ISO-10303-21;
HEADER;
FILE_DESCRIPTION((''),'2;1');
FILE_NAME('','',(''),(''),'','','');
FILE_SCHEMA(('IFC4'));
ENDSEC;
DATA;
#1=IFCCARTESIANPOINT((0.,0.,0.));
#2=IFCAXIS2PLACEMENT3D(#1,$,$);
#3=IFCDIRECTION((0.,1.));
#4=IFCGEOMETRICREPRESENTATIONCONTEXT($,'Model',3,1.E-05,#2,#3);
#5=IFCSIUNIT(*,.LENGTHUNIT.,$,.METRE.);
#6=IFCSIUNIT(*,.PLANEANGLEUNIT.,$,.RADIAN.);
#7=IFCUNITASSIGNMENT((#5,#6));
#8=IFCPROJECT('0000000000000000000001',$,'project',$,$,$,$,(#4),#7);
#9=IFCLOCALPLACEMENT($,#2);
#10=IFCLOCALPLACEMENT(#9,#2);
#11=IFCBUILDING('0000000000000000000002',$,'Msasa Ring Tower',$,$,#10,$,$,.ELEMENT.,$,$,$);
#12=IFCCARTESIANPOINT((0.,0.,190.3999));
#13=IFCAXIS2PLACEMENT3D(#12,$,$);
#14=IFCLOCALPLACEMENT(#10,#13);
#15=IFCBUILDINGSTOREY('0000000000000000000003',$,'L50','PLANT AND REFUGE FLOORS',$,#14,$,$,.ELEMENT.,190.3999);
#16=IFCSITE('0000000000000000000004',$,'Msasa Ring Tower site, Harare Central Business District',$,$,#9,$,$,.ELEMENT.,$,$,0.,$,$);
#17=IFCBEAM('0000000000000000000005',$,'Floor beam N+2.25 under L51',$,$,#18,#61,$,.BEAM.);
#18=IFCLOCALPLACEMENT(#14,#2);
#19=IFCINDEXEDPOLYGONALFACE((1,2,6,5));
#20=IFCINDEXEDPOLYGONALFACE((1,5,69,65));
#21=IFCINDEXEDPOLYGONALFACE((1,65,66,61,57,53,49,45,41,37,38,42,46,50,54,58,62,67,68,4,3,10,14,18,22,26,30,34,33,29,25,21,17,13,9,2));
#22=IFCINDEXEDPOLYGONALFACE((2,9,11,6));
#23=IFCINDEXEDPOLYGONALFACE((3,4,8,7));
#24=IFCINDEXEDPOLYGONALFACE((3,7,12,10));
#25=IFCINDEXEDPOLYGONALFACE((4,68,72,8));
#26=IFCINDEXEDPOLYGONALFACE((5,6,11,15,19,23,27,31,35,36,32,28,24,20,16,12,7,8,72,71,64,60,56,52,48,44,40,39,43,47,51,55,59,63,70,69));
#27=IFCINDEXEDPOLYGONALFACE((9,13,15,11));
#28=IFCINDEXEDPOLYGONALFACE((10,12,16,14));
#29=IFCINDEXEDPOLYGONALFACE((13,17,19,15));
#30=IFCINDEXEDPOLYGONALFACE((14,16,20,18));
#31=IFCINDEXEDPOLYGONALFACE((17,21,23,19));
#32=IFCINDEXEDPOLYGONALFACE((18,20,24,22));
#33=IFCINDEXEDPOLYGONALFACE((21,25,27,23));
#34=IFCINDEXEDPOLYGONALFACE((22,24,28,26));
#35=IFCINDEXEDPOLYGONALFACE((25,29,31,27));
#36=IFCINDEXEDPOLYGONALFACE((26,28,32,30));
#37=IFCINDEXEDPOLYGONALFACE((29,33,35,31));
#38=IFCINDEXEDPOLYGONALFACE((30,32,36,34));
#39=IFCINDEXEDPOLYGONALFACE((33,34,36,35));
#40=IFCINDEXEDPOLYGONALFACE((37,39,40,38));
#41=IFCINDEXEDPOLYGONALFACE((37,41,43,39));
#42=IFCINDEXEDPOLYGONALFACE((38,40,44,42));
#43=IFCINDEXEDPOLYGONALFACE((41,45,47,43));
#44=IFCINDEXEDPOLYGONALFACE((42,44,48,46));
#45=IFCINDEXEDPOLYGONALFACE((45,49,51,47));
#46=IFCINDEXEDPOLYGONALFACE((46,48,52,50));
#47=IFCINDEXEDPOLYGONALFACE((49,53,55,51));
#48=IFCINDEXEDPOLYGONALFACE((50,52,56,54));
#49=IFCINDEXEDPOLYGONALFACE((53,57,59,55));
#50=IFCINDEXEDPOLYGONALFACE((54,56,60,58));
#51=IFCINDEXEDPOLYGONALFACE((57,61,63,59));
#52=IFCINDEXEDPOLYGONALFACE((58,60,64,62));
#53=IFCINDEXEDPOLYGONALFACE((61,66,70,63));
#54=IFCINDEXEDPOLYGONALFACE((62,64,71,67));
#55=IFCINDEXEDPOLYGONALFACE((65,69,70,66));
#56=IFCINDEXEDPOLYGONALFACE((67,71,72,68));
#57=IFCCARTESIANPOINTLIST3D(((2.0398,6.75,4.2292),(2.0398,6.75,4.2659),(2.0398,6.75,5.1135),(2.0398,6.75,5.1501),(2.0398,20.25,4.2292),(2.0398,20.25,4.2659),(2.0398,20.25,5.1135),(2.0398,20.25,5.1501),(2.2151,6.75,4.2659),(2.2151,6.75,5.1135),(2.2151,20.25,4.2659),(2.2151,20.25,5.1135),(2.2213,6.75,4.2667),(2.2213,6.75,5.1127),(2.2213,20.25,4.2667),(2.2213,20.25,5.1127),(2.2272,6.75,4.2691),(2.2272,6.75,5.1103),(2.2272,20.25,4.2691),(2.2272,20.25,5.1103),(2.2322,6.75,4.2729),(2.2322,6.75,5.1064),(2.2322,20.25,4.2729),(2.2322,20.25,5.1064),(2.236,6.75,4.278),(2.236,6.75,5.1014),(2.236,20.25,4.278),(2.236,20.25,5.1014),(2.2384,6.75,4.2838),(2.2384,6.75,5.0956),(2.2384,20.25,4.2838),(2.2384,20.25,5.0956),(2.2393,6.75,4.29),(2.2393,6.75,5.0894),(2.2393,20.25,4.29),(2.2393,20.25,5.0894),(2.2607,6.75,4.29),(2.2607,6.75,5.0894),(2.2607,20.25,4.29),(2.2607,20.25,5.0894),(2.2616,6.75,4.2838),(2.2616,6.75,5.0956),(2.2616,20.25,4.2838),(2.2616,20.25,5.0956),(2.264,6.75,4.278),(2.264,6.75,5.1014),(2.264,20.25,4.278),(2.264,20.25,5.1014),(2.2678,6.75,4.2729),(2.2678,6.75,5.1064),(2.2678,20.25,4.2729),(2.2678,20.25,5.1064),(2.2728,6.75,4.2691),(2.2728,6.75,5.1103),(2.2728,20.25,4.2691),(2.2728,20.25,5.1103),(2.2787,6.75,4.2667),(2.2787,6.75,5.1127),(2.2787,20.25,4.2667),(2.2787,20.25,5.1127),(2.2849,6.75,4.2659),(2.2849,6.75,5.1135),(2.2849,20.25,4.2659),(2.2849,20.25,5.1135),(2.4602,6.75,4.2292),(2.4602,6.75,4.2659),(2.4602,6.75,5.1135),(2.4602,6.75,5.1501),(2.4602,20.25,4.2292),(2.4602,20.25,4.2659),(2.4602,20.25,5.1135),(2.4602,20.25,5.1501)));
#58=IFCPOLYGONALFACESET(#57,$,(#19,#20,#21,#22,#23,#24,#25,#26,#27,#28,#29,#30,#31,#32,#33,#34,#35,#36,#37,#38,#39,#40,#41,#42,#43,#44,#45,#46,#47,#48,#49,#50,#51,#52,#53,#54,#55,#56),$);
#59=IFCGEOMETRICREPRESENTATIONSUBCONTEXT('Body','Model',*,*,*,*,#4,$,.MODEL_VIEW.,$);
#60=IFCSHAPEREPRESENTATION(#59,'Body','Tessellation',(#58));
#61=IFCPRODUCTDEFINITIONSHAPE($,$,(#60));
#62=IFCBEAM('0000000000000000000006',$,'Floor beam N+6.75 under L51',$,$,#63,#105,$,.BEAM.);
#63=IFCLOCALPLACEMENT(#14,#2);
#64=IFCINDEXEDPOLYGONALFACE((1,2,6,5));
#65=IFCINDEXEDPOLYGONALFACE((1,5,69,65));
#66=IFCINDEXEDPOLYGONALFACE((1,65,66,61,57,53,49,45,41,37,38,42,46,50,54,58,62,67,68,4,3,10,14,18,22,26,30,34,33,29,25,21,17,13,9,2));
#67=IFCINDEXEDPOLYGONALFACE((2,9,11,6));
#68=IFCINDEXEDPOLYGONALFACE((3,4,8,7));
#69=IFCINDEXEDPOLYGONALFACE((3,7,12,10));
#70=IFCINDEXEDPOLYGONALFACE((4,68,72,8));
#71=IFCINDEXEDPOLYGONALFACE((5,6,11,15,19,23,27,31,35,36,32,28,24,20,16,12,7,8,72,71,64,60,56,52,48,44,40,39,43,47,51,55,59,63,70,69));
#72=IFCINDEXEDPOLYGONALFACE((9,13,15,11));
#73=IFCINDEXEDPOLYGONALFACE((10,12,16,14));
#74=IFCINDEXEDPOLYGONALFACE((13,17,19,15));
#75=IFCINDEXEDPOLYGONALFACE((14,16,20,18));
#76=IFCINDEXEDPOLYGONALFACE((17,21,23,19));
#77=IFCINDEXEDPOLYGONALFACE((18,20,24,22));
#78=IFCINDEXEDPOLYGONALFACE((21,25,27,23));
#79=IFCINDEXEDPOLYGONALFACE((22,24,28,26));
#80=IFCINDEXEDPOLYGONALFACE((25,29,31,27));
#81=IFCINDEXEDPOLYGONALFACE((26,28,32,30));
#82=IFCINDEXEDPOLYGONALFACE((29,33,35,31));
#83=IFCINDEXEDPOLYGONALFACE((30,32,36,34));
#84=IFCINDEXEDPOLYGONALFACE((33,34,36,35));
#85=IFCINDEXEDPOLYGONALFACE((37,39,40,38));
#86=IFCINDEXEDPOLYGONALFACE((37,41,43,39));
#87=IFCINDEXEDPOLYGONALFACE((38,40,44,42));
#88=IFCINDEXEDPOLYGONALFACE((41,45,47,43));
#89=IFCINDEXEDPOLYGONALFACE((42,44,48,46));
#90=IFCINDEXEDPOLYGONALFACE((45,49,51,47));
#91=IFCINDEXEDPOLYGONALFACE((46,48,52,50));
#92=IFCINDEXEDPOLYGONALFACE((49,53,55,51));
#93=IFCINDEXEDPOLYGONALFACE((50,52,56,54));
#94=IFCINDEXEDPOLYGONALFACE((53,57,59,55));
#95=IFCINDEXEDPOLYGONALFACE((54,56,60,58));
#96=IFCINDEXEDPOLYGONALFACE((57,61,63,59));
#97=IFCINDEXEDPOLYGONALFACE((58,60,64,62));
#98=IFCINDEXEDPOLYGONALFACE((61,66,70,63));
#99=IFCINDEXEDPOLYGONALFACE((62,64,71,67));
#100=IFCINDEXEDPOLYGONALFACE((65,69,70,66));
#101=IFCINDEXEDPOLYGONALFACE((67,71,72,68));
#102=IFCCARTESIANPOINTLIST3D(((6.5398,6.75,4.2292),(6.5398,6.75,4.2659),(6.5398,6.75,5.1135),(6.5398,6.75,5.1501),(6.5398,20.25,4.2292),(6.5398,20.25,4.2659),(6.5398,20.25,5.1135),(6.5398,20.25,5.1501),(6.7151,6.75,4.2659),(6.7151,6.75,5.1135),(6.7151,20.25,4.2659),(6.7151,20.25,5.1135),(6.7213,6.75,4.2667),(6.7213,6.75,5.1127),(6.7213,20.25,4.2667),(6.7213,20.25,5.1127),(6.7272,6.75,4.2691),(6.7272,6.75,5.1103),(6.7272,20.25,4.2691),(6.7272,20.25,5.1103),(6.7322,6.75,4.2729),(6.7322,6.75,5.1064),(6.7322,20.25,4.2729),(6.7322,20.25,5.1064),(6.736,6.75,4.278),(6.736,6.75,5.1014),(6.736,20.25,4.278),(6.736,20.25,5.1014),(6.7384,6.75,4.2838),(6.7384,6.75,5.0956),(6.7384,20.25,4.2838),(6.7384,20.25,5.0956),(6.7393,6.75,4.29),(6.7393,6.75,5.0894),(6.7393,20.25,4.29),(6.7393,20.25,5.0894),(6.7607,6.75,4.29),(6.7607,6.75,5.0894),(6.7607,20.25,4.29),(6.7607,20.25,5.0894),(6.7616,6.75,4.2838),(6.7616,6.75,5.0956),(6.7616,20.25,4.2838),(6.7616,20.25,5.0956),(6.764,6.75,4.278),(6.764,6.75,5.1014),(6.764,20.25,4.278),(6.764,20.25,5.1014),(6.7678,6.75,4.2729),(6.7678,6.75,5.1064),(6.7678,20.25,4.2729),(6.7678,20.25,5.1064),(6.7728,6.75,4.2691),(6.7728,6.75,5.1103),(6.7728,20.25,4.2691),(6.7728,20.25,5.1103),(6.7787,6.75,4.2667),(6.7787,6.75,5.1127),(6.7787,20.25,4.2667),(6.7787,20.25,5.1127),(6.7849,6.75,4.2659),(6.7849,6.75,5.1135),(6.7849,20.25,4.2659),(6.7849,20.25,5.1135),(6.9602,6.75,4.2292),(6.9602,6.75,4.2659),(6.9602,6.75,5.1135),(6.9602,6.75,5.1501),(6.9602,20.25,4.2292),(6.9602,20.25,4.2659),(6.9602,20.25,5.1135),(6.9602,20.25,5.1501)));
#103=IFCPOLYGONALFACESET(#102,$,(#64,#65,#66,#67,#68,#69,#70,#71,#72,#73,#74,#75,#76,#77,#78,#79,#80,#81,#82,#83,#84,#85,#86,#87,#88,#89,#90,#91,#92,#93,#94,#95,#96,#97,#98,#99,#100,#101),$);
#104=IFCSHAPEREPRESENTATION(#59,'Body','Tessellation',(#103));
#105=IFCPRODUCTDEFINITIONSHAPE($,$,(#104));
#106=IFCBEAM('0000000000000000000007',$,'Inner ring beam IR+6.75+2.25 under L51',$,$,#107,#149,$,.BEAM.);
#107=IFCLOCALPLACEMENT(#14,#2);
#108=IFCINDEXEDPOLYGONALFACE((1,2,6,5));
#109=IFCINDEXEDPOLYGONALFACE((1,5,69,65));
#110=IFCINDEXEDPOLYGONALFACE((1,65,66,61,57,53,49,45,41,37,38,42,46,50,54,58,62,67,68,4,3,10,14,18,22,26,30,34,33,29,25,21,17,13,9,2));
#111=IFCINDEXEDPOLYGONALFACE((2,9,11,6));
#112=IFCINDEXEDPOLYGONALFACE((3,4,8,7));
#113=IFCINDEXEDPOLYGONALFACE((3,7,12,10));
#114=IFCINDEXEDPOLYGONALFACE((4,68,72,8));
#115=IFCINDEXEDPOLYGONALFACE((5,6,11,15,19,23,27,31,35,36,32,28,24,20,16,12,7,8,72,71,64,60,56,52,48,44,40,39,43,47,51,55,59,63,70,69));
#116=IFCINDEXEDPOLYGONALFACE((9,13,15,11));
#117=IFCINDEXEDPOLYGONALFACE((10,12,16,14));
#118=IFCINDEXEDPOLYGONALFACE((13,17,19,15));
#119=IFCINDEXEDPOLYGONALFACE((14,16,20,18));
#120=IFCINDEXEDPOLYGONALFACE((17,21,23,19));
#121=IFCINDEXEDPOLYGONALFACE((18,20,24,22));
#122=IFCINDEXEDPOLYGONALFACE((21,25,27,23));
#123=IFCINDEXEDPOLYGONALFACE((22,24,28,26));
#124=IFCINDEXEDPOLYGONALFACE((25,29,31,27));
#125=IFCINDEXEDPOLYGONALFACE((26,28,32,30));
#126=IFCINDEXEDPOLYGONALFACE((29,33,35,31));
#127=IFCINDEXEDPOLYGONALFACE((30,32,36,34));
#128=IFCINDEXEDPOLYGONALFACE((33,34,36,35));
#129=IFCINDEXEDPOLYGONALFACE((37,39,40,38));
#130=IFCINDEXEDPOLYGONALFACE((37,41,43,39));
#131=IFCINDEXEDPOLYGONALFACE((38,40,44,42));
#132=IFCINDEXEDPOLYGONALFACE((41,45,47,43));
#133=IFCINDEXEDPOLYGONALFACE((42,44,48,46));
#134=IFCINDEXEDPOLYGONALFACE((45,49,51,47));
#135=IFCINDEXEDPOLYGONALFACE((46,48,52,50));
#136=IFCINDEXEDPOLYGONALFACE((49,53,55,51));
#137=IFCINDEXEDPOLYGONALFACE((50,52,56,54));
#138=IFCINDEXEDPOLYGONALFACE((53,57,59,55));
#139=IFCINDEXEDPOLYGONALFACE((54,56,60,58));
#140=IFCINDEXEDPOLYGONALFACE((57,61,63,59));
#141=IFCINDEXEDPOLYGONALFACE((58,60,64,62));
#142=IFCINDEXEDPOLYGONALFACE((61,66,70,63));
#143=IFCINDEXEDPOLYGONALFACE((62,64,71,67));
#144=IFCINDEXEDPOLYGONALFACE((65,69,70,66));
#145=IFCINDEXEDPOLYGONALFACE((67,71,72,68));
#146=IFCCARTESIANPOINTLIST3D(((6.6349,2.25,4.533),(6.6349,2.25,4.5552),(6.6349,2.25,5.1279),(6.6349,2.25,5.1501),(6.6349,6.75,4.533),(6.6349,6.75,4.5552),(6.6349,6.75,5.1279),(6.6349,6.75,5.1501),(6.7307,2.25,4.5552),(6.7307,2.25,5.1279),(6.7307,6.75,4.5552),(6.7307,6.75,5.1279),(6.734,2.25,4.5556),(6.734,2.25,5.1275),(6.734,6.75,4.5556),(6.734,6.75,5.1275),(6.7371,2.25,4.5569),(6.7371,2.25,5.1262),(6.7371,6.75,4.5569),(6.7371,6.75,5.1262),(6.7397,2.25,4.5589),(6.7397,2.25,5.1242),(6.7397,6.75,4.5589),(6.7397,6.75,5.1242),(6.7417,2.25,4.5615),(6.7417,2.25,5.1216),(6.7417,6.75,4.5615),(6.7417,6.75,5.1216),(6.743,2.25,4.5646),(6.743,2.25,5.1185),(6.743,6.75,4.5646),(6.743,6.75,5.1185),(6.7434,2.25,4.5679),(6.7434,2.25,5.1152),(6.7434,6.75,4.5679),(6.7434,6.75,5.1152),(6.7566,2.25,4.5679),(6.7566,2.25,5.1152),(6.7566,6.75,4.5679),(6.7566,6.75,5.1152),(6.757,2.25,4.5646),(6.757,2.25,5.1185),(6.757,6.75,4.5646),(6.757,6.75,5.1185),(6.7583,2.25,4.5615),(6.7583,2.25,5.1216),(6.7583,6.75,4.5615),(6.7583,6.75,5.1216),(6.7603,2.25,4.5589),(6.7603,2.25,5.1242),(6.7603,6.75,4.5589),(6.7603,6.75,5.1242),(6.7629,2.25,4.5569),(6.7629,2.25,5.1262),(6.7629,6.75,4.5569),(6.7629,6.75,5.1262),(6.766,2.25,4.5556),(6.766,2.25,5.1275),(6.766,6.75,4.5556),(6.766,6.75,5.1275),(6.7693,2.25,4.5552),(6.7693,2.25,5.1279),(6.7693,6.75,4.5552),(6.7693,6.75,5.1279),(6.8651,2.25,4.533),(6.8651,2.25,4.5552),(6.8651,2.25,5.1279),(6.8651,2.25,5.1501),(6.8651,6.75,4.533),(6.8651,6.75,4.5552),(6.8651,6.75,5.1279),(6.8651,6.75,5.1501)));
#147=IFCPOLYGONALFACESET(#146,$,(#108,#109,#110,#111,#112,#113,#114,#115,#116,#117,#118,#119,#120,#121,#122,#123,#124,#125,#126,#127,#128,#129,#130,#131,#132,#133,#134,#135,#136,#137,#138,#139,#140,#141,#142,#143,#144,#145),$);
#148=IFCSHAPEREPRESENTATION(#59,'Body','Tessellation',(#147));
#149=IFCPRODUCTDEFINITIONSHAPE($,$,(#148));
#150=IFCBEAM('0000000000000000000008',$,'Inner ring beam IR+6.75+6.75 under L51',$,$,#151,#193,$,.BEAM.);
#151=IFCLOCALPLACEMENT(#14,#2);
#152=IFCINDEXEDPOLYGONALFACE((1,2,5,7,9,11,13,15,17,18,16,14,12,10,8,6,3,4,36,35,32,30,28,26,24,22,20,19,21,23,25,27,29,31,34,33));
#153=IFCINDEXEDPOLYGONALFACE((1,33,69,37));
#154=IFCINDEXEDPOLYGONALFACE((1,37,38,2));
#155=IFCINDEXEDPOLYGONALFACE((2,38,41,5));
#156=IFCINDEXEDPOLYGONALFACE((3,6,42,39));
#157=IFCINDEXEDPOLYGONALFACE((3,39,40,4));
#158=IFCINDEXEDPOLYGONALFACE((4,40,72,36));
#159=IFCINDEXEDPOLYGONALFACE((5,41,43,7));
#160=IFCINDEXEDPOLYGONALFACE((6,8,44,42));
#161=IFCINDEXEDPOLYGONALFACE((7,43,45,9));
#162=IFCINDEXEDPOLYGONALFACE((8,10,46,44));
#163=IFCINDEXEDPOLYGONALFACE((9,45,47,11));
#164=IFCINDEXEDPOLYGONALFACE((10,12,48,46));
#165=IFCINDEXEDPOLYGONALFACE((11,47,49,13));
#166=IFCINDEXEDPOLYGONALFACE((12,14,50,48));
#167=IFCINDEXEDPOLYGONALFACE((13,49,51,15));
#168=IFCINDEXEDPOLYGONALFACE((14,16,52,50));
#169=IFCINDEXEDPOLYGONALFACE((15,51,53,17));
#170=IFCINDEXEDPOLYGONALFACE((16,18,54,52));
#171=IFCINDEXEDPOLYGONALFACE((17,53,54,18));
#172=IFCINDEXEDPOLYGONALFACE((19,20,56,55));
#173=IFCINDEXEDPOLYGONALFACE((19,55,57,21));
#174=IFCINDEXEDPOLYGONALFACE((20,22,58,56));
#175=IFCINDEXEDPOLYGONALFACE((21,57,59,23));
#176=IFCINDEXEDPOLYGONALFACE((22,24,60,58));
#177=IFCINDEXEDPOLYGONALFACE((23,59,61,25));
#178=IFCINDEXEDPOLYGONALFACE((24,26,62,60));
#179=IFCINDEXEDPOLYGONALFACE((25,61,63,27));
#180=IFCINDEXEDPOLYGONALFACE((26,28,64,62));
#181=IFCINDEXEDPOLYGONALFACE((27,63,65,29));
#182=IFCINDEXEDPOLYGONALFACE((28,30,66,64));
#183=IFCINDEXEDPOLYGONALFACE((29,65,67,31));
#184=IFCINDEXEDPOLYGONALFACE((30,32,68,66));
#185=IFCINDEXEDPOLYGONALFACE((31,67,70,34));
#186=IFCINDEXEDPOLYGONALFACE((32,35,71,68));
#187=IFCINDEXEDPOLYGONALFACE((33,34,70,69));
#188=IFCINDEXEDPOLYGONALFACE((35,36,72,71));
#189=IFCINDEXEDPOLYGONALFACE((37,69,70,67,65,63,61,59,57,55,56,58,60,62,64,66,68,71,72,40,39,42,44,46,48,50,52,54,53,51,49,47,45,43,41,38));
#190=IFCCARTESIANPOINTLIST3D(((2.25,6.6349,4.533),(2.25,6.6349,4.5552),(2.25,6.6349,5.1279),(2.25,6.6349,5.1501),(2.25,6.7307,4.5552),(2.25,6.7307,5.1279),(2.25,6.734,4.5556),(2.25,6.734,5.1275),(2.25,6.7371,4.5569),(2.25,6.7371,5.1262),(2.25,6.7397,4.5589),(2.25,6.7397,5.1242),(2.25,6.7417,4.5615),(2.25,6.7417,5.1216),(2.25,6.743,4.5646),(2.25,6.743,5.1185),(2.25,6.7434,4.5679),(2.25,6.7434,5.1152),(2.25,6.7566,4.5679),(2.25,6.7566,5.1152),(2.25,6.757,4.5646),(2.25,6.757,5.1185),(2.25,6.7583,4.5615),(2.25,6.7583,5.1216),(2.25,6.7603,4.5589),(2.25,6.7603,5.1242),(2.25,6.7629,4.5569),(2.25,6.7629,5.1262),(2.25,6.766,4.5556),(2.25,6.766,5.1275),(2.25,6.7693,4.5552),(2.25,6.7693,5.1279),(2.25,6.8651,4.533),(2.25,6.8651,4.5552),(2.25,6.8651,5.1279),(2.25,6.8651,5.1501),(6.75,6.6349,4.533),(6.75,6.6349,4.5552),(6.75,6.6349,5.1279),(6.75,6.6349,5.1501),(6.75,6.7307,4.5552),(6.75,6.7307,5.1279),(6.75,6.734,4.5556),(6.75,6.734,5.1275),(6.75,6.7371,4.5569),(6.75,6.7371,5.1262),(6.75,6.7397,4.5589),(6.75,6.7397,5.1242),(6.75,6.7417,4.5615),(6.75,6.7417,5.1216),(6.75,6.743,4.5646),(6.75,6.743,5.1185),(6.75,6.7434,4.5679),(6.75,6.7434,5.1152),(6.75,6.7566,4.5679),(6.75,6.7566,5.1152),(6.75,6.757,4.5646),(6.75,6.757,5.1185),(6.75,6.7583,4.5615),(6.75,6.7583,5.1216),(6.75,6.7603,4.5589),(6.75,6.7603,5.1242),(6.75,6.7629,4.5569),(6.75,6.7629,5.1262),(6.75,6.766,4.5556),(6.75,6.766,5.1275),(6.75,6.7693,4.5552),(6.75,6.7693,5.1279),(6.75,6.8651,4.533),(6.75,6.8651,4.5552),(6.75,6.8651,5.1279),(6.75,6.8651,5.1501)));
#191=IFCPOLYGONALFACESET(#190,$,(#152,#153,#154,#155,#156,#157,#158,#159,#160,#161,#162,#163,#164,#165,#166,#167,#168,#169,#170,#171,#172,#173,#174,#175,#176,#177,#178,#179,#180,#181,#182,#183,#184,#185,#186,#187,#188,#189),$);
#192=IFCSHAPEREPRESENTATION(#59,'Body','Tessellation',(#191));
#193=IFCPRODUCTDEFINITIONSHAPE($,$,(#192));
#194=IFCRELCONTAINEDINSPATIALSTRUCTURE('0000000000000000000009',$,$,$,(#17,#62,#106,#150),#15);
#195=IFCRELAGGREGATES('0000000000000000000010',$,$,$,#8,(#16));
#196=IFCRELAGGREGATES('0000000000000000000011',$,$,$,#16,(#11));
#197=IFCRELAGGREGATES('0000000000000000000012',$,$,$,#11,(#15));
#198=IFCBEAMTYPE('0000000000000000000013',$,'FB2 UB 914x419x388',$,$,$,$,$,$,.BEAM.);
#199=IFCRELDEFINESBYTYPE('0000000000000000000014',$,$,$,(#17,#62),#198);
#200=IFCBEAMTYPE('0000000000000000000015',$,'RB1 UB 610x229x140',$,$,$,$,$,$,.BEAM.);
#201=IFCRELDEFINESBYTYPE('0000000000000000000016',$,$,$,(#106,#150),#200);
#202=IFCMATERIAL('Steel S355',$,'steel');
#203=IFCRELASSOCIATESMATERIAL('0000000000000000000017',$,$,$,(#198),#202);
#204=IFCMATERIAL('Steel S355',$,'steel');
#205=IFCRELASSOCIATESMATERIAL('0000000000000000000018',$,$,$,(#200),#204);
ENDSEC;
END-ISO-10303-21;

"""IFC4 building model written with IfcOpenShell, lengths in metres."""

from ifc_helpers import new_model, si_unit, direction, frame, origin, origin_2d, place, context, subcontext, project, spatial, i_section, extrude, material, material_profile, profile_set, type_object, element, save


model = new_model("IFC4")

# Units and contexts
model_context = context("Model", 3, precision=1e-05, world=origin(), true_north=direction((0.0, 1.0)))
body_context = subcontext(model_context, "Body", "Model", "MODEL_VIEW")
ifc_project = project(units=[si_unit("LENGTHUNIT", "METRE"), si_unit("PLANEANGLEUNIT", "RADIAN")], contexts=[model_context])

# Site, building, storey
site_placement = place(None, origin())
site = spatial("IfcSite", under=ifc_project, at=site_placement, Name="Msasa Ring Tower site, Harare Central Business District", CompositionType="ELEMENT", RefElevation=0.0)
building_placement = place(site_placement, origin())
building = spatial("IfcBuilding", under=site, at=building_placement, Name="Msasa Ring Tower", CompositionType="ELEMENT")
storey_placement = place(building_placement, frame((0.0, 0.0, 190.3999)))
storey = spatial("IfcBuildingStorey", under=building, at=storey_placement, Name="L50", Description="PLANT AND REFUGE FLOORS", CompositionType="ELEMENT", Elevation=190.3999)

# Beams
ifc_material_1 = material(Name="Steel S355", Category="steel")
ifc_material_profile_1 = material_profile(ifc_material_1, i_section(OverallWidth=0.4204, OverallDepth=0.9209, WebThickness=0.0215, FlangeThickness=0.0366, FilletRadius=0.0242, at=origin_2d()), Name="UB 914x419x388")
ifc_profile_set_1 = profile_set([ifc_material_profile_1], Name="Steel S355")
beam_type_1 = type_object("IfcBeamType", Name="FB2 UB 914x419x388", PredefinedType="BEAM", material=ifc_profile_set_1)
for number, where, z_axis, x_axis, name in (
    (1, (2.25, 20.25, 4.6897), (0.0, -1.0, 0.0), (1.0, 0.0, 0.0), "Floor beam N+2.25 under L51"),
    (2, (6.75, 20.25, 4.6897), (0.0, -1.0, 0.0), (1.0, 0.0, 0.0), "Floor beam N+6.75 under L51"),
):
    element("IfcBeam", number, at=place(storey_placement, frame(where, z_axis=z_axis, x_axis=x_axis)), inside=storey, type_object=beam_type_1, Name=name, PredefinedType="BEAM", context=body_context, shape_type="SweptSolid", body=[
        extrude(i_section(OverallWidth=0.4204, OverallDepth=0.9209, WebThickness=0.0215, FlangeThickness=0.0366, FilletRadius=0.0242, at=origin_2d()), origin(), (0.0, 0.0, 1.0), 13.5),
    ])
ifc_material_2 = material(Name="Steel S355", Category="steel")
ifc_material_profile_2 = material_profile(ifc_material_2, i_section(OverallWidth=0.2302, OverallDepth=0.6172, WebThickness=0.0132, FlangeThickness=0.0222, FilletRadius=0.0127, at=origin_2d()), Name="UB 610x229x140")
ifc_profile_set_2 = profile_set([ifc_material_profile_2], Name="Steel S355")
beam_type_2 = type_object("IfcBeamType", Name="RB1 UB 610x229x140", PredefinedType="BEAM", material=ifc_profile_set_2)
for number, where, z_axis, x_axis, name in (
    (3, (6.75, 2.25, 4.8416), (0.0, 1.0, 0.0), (-1.0, 0.0, 0.0), "Inner ring beam IR+6.75+2.25 under L51"),
    (4, (6.75, 6.75, 4.8416), (-1.0, 0.0, 0.0), (0.0, -1.0, 0.0), "Inner ring beam IR+6.75+6.75 under L51"),
):
    element("IfcBeam", number, at=place(storey_placement, frame(where, z_axis=z_axis, x_axis=x_axis)), inside=storey, type_object=beam_type_2, Name=name, PredefinedType="BEAM", context=body_context, shape_type="SweptSolid", body=[
        extrude(i_section(OverallWidth=0.2302, OverallDepth=0.6172, WebThickness=0.0132, FlangeThickness=0.0222, FilletRadius=0.0127, at=origin_2d()), origin(), (0.0, 0.0, 1.0), 4.5),
    ])

save(model, "model.ifc")
